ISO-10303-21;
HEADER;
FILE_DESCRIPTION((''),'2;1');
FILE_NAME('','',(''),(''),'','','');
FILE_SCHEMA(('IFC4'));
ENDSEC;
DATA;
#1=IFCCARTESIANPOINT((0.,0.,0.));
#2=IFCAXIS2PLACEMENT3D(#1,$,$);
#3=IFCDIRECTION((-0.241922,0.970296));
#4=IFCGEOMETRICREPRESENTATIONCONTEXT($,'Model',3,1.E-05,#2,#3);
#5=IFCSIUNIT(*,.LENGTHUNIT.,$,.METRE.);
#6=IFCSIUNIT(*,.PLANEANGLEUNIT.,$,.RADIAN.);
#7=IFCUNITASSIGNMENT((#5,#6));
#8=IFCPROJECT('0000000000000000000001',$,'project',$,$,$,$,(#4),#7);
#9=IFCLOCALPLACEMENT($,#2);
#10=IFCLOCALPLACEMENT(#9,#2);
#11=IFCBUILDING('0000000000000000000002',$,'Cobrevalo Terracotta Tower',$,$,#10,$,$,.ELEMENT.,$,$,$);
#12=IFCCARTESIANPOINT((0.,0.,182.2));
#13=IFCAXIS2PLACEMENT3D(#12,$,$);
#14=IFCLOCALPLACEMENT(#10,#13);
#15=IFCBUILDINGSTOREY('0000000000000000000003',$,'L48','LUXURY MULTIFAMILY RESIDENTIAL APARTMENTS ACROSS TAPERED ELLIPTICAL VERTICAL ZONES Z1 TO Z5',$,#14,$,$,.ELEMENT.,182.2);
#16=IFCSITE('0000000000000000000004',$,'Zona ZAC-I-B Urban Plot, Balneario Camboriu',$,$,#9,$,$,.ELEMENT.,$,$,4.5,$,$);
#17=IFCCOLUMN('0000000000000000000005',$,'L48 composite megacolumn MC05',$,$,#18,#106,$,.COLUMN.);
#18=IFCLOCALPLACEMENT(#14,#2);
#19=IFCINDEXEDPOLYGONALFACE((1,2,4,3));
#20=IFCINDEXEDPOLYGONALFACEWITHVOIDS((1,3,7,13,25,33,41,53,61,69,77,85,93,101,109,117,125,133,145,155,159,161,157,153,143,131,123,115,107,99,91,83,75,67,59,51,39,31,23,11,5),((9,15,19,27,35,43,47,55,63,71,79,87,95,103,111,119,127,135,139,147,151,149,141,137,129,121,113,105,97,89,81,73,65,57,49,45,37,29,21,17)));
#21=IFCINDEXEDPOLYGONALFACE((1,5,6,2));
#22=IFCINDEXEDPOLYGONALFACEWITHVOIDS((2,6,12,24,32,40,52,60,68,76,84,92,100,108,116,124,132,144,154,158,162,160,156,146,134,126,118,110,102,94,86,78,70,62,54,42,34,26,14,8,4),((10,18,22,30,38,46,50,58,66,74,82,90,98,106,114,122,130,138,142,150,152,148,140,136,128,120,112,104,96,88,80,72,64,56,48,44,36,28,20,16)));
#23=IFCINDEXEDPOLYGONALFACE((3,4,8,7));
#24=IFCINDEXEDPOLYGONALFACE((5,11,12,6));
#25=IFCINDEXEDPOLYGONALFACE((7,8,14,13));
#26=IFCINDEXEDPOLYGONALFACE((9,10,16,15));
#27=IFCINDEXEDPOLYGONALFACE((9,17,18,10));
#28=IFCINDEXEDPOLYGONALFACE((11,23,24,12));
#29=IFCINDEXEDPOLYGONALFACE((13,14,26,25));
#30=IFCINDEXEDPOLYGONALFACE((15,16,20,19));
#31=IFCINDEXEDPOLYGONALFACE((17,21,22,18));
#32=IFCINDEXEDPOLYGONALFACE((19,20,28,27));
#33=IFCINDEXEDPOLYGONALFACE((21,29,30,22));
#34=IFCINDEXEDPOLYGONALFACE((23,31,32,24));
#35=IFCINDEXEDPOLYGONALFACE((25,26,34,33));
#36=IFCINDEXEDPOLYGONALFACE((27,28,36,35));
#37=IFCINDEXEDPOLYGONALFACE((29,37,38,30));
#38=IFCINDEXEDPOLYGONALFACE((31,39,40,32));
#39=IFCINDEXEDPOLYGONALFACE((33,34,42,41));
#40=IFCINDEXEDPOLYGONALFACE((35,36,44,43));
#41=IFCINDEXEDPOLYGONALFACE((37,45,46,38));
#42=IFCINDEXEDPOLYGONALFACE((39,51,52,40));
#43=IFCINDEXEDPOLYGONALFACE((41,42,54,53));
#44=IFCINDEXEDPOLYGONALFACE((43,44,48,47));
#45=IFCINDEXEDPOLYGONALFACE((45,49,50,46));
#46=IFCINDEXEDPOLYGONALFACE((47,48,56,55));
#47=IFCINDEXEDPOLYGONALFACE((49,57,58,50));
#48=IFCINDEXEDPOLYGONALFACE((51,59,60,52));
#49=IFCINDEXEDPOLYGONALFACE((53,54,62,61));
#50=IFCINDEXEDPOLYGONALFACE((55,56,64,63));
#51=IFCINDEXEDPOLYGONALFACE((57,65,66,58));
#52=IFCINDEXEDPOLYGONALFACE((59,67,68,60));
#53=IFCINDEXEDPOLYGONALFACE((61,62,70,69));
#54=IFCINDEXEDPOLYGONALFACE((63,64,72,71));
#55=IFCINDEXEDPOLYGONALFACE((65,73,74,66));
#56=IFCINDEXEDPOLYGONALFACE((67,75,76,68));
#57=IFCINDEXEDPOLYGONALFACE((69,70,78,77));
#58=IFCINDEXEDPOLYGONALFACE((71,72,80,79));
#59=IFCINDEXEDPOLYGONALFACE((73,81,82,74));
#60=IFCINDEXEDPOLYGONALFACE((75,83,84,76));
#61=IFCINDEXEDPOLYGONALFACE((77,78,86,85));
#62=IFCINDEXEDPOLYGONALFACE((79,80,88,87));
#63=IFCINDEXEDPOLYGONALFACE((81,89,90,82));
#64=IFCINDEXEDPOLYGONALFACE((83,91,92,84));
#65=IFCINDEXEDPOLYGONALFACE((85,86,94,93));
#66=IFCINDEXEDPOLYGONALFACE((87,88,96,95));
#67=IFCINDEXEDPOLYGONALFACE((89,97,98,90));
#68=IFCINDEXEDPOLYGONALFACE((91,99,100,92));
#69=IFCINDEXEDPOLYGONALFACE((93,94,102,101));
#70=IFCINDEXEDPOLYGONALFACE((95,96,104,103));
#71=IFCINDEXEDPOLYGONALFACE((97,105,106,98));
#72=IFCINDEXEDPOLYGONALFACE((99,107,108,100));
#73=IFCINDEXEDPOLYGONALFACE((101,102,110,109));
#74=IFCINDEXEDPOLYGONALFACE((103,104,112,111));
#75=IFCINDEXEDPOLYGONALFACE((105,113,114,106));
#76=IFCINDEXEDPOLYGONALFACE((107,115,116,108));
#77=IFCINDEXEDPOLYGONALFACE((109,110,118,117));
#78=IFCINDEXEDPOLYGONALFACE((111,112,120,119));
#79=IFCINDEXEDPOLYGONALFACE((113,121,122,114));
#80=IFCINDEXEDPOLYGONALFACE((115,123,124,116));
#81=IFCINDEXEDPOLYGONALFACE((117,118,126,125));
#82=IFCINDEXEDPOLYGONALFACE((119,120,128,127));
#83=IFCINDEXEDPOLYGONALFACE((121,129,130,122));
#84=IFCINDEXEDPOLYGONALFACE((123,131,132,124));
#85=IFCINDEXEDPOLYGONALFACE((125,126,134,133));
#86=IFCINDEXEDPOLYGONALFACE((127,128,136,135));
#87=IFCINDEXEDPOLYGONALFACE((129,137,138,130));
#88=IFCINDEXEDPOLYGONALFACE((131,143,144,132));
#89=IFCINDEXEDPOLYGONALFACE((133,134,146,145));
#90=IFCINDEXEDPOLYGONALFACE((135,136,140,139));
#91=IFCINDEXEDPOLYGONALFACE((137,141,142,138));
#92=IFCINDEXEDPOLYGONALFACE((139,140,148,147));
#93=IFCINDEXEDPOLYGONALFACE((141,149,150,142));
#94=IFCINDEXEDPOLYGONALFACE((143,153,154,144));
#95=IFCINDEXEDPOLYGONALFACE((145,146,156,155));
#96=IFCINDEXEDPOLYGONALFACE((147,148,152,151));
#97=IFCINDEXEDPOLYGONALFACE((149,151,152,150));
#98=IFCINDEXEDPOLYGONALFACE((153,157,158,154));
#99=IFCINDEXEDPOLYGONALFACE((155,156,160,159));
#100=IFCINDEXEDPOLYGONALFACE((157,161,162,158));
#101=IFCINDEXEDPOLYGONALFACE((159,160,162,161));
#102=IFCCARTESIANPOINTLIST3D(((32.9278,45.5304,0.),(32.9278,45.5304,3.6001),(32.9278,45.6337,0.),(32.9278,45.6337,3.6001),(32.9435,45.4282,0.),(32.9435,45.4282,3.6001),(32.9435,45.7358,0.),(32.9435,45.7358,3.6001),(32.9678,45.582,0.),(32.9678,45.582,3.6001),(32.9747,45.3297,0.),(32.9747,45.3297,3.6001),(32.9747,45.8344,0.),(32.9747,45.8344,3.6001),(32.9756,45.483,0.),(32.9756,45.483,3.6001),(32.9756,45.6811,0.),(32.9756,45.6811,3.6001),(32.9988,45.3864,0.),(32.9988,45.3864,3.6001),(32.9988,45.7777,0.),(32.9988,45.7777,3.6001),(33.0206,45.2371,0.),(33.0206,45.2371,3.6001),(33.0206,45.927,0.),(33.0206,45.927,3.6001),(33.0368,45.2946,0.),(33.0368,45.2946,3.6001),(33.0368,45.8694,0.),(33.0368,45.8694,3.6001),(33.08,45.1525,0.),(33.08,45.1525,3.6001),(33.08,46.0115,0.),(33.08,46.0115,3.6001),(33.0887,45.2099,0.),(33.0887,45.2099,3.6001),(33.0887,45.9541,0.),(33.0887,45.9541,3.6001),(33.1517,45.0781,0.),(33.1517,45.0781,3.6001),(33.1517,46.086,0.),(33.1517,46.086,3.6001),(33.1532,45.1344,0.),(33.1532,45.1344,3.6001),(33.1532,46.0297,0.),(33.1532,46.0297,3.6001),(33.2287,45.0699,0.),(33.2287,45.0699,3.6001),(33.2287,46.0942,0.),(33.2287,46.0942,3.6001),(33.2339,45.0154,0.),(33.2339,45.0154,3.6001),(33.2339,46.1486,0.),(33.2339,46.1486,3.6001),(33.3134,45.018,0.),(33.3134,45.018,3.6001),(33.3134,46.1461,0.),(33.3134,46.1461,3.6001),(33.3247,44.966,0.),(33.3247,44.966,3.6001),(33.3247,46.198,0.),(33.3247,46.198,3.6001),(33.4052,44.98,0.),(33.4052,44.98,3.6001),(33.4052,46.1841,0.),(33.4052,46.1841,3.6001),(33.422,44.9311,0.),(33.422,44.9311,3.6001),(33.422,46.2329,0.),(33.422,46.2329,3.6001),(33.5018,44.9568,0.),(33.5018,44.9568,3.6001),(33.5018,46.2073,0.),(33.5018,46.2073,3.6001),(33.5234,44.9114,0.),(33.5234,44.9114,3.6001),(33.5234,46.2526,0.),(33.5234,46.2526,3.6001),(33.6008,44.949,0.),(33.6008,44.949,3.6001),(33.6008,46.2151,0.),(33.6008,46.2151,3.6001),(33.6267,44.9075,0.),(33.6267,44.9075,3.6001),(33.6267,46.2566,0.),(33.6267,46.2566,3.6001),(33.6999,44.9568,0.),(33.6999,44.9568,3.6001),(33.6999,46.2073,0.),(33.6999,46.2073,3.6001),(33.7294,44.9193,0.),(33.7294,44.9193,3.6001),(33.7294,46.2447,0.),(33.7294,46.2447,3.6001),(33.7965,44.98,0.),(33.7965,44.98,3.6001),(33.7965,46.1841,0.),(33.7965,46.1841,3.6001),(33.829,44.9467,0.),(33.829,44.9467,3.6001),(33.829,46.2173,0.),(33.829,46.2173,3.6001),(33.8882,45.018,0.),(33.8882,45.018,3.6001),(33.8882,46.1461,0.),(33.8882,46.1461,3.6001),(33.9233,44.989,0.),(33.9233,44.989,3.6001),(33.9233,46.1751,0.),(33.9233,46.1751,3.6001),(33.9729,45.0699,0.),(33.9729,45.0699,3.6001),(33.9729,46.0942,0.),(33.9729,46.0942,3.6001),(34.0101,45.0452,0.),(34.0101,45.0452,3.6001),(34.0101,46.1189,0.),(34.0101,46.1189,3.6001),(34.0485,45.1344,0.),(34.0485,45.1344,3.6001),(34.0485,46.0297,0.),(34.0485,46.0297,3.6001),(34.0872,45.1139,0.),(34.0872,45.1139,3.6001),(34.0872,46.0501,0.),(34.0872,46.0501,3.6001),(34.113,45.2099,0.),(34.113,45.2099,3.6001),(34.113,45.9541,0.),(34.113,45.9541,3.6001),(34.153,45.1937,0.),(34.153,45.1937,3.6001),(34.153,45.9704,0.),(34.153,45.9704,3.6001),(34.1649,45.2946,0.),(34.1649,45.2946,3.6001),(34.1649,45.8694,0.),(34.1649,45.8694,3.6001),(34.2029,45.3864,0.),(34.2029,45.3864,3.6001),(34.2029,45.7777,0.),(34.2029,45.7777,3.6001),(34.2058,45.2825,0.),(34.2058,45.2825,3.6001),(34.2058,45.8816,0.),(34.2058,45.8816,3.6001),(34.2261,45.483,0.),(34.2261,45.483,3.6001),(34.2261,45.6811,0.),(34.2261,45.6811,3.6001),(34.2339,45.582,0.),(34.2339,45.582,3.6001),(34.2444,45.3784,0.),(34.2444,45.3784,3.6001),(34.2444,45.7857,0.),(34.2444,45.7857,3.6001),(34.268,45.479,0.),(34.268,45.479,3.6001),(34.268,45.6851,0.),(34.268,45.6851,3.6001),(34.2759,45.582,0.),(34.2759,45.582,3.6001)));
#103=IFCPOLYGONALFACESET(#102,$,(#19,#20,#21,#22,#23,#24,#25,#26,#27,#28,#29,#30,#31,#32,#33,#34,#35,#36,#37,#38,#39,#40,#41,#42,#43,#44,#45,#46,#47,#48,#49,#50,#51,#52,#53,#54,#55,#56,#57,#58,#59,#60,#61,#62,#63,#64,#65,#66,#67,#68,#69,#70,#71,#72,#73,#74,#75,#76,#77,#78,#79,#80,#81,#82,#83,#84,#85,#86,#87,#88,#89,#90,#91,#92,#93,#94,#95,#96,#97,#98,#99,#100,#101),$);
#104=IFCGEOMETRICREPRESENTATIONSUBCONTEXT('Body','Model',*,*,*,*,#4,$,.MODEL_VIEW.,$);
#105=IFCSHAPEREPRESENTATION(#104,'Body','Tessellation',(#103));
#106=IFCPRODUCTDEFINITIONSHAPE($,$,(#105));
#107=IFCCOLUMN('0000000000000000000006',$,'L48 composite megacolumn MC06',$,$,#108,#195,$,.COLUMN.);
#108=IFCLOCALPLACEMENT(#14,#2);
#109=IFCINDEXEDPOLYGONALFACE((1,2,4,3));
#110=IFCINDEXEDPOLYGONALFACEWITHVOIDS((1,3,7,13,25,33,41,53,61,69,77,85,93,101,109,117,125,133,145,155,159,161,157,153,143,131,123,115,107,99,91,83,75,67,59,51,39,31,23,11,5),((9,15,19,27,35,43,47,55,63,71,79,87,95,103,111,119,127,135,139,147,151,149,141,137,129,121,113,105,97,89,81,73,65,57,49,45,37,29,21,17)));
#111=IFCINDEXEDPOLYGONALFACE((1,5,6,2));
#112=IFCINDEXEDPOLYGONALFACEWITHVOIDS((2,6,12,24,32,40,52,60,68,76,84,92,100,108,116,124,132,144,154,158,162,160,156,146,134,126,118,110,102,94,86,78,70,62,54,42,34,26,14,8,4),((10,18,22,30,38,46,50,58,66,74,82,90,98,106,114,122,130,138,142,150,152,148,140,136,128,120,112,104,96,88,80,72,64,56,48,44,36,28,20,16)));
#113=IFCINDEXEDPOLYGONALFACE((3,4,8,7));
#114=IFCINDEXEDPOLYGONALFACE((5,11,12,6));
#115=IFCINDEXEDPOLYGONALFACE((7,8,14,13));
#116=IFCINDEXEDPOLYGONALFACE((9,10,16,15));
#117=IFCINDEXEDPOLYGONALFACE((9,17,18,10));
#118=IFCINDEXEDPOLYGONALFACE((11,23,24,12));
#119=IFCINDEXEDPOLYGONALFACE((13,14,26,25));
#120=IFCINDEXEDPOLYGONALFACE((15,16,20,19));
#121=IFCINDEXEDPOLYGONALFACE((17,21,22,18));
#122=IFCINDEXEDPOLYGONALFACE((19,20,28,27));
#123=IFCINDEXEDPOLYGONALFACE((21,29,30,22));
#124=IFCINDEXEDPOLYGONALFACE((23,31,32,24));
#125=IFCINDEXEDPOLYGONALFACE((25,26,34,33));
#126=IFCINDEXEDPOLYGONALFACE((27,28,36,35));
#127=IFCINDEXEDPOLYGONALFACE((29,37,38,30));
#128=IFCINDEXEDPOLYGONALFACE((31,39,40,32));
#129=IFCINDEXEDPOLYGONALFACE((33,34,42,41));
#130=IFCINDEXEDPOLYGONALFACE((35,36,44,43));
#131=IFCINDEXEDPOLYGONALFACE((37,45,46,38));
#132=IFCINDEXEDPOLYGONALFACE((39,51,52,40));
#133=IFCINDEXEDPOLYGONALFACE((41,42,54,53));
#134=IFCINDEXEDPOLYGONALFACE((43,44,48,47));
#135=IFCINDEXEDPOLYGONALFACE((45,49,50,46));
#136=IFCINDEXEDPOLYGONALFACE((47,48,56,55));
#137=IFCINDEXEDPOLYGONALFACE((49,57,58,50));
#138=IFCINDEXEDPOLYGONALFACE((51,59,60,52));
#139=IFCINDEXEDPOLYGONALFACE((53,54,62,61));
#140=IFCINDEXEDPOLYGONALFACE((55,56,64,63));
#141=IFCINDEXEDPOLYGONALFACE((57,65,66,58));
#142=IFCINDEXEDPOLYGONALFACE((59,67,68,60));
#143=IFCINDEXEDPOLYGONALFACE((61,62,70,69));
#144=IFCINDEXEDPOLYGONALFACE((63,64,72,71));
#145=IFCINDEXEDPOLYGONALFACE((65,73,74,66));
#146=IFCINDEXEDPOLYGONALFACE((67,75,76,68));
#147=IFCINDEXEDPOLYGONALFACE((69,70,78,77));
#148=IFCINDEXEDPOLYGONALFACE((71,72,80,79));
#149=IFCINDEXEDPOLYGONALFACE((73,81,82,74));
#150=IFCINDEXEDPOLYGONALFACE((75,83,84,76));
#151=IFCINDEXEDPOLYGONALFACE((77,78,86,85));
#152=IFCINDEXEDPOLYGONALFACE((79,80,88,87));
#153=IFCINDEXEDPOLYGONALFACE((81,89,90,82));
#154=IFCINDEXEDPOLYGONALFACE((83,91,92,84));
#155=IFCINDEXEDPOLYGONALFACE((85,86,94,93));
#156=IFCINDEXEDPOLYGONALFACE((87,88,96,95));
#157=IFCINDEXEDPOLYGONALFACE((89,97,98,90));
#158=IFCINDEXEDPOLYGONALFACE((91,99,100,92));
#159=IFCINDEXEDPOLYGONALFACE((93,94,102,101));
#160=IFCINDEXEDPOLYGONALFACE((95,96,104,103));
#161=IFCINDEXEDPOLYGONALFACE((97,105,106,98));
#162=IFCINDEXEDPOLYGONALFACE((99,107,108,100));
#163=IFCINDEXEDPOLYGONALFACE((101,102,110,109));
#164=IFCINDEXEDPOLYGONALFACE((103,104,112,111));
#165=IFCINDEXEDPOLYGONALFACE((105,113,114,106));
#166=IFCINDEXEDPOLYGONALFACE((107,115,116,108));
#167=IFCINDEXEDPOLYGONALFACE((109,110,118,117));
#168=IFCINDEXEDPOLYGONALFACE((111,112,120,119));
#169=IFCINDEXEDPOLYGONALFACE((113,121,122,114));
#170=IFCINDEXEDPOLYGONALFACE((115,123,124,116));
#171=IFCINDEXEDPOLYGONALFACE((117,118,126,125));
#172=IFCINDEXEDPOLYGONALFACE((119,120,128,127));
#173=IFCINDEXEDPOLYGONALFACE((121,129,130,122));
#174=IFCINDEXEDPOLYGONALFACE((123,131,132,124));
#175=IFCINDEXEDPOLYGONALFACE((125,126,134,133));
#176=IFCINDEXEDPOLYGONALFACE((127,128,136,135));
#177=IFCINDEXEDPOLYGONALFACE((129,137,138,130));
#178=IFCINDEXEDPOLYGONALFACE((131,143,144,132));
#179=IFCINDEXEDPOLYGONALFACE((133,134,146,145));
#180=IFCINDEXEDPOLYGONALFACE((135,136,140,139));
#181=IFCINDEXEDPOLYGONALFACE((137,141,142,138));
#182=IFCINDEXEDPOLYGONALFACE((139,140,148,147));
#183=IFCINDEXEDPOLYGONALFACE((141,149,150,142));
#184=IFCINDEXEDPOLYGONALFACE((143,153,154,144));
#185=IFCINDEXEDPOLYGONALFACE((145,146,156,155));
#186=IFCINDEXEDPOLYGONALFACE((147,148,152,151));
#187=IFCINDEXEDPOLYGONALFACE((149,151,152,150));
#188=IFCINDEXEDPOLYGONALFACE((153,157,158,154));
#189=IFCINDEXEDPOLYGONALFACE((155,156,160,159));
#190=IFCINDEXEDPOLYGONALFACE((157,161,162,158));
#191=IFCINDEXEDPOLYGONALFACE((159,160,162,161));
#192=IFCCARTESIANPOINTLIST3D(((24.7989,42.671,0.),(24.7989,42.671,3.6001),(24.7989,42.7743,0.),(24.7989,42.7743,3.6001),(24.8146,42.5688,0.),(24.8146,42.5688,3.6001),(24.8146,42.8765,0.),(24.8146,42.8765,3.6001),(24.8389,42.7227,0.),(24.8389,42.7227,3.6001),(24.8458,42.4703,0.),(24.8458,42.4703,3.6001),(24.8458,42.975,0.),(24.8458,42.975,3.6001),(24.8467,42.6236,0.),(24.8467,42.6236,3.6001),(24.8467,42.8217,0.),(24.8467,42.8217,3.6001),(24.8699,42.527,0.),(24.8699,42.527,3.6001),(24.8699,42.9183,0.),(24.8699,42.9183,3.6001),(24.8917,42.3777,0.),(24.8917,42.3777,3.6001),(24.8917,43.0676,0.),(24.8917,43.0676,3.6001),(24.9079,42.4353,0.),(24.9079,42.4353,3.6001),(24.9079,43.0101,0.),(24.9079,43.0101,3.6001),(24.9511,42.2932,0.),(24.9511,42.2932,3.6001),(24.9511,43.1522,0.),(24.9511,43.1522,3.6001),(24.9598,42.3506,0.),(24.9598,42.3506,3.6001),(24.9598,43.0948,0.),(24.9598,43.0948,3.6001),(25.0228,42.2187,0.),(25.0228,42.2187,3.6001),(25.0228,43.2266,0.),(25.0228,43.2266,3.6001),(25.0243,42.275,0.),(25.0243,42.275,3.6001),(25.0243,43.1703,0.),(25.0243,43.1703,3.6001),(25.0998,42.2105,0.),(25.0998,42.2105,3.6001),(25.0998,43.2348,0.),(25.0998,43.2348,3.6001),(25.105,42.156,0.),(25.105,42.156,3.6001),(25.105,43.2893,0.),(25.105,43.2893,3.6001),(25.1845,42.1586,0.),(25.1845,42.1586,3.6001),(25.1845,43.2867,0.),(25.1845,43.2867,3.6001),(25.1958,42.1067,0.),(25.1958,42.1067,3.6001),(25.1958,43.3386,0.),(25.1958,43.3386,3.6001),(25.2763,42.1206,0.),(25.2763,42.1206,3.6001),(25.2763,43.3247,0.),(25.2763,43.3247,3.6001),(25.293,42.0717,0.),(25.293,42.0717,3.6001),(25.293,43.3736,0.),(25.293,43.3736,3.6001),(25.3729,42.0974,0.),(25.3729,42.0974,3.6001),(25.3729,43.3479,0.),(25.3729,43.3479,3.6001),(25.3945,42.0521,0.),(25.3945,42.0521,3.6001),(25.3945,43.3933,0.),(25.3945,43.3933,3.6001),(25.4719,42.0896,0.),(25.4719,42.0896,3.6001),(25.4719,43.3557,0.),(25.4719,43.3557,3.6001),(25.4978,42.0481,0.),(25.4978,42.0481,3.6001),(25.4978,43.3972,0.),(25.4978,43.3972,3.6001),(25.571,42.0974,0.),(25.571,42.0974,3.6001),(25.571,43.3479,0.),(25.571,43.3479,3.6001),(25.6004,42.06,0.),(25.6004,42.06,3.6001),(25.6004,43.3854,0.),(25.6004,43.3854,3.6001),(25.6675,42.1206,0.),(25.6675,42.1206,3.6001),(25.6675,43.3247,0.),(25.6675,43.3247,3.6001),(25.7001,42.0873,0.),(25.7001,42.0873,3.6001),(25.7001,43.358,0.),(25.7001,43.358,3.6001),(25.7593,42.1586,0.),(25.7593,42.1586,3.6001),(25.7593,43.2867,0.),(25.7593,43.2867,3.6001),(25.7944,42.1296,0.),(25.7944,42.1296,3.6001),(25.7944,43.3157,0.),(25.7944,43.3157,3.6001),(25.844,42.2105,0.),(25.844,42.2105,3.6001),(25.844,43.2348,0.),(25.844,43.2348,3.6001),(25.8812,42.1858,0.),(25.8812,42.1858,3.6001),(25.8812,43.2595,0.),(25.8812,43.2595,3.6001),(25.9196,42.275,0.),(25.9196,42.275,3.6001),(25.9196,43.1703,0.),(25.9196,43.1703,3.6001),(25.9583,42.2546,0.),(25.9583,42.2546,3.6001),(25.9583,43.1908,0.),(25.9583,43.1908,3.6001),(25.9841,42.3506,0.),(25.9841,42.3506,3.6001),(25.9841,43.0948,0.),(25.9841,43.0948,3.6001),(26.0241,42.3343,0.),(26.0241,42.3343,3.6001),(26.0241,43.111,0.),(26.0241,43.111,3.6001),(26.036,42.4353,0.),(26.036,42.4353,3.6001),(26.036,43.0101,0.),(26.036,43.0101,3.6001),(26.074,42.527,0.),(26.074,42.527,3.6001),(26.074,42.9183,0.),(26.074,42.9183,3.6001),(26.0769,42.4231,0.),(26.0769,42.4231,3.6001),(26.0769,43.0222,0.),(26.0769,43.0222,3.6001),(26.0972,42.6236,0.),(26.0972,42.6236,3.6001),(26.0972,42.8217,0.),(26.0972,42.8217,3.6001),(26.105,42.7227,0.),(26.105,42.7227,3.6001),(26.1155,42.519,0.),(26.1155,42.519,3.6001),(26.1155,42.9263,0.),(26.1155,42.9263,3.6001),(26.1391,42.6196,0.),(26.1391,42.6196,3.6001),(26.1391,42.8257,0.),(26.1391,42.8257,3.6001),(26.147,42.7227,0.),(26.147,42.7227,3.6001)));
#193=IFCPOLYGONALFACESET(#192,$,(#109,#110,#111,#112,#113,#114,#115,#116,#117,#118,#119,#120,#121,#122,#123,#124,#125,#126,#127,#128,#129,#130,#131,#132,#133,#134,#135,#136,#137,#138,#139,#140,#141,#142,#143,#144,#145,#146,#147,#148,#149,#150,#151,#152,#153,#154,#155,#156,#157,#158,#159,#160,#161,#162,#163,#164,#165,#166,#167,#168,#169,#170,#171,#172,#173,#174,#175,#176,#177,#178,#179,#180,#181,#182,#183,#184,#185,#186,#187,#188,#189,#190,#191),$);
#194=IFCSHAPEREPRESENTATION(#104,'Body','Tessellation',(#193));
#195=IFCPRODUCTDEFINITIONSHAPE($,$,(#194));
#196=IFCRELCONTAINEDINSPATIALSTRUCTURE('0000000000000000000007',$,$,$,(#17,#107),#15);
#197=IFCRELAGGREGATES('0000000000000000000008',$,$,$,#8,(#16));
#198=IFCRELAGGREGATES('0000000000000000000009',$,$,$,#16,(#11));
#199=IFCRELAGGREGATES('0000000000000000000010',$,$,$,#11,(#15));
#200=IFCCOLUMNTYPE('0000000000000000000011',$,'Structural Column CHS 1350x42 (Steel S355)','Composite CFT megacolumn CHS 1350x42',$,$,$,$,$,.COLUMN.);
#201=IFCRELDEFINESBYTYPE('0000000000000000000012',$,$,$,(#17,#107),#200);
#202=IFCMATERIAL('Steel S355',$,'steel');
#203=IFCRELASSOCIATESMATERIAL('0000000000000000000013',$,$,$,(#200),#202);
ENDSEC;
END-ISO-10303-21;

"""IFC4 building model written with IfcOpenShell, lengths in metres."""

from ifc_helpers import new_model, si_unit, direction, frame, origin, origin_2d, place, context, subcontext, project, spatial, hollow_circle, extrude, material, material_profile, profile_set, type_object, element, save


model = new_model("IFC4")

# Units and contexts
model_context = context("Model", 3, precision=1e-05, world=origin(), true_north=direction((-0.241922, 0.970296)))
body_context = subcontext(model_context, "Body", "Model", "MODEL_VIEW")
ifc_project = project(units=[si_unit("LENGTHUNIT", "METRE"), si_unit("PLANEANGLEUNIT", "RADIAN")], contexts=[model_context])

# Site, building, storey
site_placement = place(None, origin())
site = spatial("IfcSite", under=ifc_project, at=site_placement, Name="Zona ZAC-I-B Urban Plot, Balneario Camboriu", CompositionType="ELEMENT", RefElevation=4.5)
building_placement = place(site_placement, origin())
building = spatial("IfcBuilding", under=site, at=building_placement, Name="Cobrevalo Terracotta Tower", CompositionType="ELEMENT")
storey_placement = place(building_placement, frame((0.0, 0.0, 182.2)))
storey = spatial("IfcBuildingStorey", under=building, at=storey_placement, Name="L48", Description="LUXURY MULTIFAMILY RESIDENTIAL APARTMENTS ACROSS TAPERED ELLIPTICAL VERTICAL ZONES Z1 TO Z5", CompositionType="ELEMENT", Elevation=182.2)

# Columns
ifc_material_1 = material(Name="Steel S355", Category="steel")
ifc_material_profile_1 = material_profile(ifc_material_1, hollow_circle(Radius=0.675, WallThickness=0.042, at=origin_2d()), Name="CHS 1350x42")
ifc_profile_set_1 = profile_set([ifc_material_profile_1], Name="Steel S355")
column_type_1 = type_object("IfcColumnType", Name="Structural Column CHS 1350x42 (Steel S355)", Description="Composite CFT megacolumn CHS 1350x42", PredefinedType="COLUMN", material=ifc_profile_set_1)
for number, where, z_axis, x_axis, name in (
    (1, (33.6008, 45.582, 0.0), (0.0, 0.0, 1.0), (1.0, 0.0, 0.0), "L48 composite megacolumn MC05"),
    (2, (25.4719, 42.7227, 0.0), (0.0, 0.0, 1.0), (1.0, 0.0, 0.0), "L48 composite megacolumn MC06"),
):
    element("IfcColumn", number, at=place(storey_placement, frame(where, z_axis=z_axis, x_axis=x_axis)), inside=storey, type_object=column_type_1, Name=name, PredefinedType="COLUMN", context=body_context, shape_type="SweptSolid", body=[
        extrude(hollow_circle(Radius=0.675, WallThickness=0.042, at=origin_2d()), origin(), (0.0, 0.0, 1.0), 3.6001),
    ])

save(model, "model.ifc")
